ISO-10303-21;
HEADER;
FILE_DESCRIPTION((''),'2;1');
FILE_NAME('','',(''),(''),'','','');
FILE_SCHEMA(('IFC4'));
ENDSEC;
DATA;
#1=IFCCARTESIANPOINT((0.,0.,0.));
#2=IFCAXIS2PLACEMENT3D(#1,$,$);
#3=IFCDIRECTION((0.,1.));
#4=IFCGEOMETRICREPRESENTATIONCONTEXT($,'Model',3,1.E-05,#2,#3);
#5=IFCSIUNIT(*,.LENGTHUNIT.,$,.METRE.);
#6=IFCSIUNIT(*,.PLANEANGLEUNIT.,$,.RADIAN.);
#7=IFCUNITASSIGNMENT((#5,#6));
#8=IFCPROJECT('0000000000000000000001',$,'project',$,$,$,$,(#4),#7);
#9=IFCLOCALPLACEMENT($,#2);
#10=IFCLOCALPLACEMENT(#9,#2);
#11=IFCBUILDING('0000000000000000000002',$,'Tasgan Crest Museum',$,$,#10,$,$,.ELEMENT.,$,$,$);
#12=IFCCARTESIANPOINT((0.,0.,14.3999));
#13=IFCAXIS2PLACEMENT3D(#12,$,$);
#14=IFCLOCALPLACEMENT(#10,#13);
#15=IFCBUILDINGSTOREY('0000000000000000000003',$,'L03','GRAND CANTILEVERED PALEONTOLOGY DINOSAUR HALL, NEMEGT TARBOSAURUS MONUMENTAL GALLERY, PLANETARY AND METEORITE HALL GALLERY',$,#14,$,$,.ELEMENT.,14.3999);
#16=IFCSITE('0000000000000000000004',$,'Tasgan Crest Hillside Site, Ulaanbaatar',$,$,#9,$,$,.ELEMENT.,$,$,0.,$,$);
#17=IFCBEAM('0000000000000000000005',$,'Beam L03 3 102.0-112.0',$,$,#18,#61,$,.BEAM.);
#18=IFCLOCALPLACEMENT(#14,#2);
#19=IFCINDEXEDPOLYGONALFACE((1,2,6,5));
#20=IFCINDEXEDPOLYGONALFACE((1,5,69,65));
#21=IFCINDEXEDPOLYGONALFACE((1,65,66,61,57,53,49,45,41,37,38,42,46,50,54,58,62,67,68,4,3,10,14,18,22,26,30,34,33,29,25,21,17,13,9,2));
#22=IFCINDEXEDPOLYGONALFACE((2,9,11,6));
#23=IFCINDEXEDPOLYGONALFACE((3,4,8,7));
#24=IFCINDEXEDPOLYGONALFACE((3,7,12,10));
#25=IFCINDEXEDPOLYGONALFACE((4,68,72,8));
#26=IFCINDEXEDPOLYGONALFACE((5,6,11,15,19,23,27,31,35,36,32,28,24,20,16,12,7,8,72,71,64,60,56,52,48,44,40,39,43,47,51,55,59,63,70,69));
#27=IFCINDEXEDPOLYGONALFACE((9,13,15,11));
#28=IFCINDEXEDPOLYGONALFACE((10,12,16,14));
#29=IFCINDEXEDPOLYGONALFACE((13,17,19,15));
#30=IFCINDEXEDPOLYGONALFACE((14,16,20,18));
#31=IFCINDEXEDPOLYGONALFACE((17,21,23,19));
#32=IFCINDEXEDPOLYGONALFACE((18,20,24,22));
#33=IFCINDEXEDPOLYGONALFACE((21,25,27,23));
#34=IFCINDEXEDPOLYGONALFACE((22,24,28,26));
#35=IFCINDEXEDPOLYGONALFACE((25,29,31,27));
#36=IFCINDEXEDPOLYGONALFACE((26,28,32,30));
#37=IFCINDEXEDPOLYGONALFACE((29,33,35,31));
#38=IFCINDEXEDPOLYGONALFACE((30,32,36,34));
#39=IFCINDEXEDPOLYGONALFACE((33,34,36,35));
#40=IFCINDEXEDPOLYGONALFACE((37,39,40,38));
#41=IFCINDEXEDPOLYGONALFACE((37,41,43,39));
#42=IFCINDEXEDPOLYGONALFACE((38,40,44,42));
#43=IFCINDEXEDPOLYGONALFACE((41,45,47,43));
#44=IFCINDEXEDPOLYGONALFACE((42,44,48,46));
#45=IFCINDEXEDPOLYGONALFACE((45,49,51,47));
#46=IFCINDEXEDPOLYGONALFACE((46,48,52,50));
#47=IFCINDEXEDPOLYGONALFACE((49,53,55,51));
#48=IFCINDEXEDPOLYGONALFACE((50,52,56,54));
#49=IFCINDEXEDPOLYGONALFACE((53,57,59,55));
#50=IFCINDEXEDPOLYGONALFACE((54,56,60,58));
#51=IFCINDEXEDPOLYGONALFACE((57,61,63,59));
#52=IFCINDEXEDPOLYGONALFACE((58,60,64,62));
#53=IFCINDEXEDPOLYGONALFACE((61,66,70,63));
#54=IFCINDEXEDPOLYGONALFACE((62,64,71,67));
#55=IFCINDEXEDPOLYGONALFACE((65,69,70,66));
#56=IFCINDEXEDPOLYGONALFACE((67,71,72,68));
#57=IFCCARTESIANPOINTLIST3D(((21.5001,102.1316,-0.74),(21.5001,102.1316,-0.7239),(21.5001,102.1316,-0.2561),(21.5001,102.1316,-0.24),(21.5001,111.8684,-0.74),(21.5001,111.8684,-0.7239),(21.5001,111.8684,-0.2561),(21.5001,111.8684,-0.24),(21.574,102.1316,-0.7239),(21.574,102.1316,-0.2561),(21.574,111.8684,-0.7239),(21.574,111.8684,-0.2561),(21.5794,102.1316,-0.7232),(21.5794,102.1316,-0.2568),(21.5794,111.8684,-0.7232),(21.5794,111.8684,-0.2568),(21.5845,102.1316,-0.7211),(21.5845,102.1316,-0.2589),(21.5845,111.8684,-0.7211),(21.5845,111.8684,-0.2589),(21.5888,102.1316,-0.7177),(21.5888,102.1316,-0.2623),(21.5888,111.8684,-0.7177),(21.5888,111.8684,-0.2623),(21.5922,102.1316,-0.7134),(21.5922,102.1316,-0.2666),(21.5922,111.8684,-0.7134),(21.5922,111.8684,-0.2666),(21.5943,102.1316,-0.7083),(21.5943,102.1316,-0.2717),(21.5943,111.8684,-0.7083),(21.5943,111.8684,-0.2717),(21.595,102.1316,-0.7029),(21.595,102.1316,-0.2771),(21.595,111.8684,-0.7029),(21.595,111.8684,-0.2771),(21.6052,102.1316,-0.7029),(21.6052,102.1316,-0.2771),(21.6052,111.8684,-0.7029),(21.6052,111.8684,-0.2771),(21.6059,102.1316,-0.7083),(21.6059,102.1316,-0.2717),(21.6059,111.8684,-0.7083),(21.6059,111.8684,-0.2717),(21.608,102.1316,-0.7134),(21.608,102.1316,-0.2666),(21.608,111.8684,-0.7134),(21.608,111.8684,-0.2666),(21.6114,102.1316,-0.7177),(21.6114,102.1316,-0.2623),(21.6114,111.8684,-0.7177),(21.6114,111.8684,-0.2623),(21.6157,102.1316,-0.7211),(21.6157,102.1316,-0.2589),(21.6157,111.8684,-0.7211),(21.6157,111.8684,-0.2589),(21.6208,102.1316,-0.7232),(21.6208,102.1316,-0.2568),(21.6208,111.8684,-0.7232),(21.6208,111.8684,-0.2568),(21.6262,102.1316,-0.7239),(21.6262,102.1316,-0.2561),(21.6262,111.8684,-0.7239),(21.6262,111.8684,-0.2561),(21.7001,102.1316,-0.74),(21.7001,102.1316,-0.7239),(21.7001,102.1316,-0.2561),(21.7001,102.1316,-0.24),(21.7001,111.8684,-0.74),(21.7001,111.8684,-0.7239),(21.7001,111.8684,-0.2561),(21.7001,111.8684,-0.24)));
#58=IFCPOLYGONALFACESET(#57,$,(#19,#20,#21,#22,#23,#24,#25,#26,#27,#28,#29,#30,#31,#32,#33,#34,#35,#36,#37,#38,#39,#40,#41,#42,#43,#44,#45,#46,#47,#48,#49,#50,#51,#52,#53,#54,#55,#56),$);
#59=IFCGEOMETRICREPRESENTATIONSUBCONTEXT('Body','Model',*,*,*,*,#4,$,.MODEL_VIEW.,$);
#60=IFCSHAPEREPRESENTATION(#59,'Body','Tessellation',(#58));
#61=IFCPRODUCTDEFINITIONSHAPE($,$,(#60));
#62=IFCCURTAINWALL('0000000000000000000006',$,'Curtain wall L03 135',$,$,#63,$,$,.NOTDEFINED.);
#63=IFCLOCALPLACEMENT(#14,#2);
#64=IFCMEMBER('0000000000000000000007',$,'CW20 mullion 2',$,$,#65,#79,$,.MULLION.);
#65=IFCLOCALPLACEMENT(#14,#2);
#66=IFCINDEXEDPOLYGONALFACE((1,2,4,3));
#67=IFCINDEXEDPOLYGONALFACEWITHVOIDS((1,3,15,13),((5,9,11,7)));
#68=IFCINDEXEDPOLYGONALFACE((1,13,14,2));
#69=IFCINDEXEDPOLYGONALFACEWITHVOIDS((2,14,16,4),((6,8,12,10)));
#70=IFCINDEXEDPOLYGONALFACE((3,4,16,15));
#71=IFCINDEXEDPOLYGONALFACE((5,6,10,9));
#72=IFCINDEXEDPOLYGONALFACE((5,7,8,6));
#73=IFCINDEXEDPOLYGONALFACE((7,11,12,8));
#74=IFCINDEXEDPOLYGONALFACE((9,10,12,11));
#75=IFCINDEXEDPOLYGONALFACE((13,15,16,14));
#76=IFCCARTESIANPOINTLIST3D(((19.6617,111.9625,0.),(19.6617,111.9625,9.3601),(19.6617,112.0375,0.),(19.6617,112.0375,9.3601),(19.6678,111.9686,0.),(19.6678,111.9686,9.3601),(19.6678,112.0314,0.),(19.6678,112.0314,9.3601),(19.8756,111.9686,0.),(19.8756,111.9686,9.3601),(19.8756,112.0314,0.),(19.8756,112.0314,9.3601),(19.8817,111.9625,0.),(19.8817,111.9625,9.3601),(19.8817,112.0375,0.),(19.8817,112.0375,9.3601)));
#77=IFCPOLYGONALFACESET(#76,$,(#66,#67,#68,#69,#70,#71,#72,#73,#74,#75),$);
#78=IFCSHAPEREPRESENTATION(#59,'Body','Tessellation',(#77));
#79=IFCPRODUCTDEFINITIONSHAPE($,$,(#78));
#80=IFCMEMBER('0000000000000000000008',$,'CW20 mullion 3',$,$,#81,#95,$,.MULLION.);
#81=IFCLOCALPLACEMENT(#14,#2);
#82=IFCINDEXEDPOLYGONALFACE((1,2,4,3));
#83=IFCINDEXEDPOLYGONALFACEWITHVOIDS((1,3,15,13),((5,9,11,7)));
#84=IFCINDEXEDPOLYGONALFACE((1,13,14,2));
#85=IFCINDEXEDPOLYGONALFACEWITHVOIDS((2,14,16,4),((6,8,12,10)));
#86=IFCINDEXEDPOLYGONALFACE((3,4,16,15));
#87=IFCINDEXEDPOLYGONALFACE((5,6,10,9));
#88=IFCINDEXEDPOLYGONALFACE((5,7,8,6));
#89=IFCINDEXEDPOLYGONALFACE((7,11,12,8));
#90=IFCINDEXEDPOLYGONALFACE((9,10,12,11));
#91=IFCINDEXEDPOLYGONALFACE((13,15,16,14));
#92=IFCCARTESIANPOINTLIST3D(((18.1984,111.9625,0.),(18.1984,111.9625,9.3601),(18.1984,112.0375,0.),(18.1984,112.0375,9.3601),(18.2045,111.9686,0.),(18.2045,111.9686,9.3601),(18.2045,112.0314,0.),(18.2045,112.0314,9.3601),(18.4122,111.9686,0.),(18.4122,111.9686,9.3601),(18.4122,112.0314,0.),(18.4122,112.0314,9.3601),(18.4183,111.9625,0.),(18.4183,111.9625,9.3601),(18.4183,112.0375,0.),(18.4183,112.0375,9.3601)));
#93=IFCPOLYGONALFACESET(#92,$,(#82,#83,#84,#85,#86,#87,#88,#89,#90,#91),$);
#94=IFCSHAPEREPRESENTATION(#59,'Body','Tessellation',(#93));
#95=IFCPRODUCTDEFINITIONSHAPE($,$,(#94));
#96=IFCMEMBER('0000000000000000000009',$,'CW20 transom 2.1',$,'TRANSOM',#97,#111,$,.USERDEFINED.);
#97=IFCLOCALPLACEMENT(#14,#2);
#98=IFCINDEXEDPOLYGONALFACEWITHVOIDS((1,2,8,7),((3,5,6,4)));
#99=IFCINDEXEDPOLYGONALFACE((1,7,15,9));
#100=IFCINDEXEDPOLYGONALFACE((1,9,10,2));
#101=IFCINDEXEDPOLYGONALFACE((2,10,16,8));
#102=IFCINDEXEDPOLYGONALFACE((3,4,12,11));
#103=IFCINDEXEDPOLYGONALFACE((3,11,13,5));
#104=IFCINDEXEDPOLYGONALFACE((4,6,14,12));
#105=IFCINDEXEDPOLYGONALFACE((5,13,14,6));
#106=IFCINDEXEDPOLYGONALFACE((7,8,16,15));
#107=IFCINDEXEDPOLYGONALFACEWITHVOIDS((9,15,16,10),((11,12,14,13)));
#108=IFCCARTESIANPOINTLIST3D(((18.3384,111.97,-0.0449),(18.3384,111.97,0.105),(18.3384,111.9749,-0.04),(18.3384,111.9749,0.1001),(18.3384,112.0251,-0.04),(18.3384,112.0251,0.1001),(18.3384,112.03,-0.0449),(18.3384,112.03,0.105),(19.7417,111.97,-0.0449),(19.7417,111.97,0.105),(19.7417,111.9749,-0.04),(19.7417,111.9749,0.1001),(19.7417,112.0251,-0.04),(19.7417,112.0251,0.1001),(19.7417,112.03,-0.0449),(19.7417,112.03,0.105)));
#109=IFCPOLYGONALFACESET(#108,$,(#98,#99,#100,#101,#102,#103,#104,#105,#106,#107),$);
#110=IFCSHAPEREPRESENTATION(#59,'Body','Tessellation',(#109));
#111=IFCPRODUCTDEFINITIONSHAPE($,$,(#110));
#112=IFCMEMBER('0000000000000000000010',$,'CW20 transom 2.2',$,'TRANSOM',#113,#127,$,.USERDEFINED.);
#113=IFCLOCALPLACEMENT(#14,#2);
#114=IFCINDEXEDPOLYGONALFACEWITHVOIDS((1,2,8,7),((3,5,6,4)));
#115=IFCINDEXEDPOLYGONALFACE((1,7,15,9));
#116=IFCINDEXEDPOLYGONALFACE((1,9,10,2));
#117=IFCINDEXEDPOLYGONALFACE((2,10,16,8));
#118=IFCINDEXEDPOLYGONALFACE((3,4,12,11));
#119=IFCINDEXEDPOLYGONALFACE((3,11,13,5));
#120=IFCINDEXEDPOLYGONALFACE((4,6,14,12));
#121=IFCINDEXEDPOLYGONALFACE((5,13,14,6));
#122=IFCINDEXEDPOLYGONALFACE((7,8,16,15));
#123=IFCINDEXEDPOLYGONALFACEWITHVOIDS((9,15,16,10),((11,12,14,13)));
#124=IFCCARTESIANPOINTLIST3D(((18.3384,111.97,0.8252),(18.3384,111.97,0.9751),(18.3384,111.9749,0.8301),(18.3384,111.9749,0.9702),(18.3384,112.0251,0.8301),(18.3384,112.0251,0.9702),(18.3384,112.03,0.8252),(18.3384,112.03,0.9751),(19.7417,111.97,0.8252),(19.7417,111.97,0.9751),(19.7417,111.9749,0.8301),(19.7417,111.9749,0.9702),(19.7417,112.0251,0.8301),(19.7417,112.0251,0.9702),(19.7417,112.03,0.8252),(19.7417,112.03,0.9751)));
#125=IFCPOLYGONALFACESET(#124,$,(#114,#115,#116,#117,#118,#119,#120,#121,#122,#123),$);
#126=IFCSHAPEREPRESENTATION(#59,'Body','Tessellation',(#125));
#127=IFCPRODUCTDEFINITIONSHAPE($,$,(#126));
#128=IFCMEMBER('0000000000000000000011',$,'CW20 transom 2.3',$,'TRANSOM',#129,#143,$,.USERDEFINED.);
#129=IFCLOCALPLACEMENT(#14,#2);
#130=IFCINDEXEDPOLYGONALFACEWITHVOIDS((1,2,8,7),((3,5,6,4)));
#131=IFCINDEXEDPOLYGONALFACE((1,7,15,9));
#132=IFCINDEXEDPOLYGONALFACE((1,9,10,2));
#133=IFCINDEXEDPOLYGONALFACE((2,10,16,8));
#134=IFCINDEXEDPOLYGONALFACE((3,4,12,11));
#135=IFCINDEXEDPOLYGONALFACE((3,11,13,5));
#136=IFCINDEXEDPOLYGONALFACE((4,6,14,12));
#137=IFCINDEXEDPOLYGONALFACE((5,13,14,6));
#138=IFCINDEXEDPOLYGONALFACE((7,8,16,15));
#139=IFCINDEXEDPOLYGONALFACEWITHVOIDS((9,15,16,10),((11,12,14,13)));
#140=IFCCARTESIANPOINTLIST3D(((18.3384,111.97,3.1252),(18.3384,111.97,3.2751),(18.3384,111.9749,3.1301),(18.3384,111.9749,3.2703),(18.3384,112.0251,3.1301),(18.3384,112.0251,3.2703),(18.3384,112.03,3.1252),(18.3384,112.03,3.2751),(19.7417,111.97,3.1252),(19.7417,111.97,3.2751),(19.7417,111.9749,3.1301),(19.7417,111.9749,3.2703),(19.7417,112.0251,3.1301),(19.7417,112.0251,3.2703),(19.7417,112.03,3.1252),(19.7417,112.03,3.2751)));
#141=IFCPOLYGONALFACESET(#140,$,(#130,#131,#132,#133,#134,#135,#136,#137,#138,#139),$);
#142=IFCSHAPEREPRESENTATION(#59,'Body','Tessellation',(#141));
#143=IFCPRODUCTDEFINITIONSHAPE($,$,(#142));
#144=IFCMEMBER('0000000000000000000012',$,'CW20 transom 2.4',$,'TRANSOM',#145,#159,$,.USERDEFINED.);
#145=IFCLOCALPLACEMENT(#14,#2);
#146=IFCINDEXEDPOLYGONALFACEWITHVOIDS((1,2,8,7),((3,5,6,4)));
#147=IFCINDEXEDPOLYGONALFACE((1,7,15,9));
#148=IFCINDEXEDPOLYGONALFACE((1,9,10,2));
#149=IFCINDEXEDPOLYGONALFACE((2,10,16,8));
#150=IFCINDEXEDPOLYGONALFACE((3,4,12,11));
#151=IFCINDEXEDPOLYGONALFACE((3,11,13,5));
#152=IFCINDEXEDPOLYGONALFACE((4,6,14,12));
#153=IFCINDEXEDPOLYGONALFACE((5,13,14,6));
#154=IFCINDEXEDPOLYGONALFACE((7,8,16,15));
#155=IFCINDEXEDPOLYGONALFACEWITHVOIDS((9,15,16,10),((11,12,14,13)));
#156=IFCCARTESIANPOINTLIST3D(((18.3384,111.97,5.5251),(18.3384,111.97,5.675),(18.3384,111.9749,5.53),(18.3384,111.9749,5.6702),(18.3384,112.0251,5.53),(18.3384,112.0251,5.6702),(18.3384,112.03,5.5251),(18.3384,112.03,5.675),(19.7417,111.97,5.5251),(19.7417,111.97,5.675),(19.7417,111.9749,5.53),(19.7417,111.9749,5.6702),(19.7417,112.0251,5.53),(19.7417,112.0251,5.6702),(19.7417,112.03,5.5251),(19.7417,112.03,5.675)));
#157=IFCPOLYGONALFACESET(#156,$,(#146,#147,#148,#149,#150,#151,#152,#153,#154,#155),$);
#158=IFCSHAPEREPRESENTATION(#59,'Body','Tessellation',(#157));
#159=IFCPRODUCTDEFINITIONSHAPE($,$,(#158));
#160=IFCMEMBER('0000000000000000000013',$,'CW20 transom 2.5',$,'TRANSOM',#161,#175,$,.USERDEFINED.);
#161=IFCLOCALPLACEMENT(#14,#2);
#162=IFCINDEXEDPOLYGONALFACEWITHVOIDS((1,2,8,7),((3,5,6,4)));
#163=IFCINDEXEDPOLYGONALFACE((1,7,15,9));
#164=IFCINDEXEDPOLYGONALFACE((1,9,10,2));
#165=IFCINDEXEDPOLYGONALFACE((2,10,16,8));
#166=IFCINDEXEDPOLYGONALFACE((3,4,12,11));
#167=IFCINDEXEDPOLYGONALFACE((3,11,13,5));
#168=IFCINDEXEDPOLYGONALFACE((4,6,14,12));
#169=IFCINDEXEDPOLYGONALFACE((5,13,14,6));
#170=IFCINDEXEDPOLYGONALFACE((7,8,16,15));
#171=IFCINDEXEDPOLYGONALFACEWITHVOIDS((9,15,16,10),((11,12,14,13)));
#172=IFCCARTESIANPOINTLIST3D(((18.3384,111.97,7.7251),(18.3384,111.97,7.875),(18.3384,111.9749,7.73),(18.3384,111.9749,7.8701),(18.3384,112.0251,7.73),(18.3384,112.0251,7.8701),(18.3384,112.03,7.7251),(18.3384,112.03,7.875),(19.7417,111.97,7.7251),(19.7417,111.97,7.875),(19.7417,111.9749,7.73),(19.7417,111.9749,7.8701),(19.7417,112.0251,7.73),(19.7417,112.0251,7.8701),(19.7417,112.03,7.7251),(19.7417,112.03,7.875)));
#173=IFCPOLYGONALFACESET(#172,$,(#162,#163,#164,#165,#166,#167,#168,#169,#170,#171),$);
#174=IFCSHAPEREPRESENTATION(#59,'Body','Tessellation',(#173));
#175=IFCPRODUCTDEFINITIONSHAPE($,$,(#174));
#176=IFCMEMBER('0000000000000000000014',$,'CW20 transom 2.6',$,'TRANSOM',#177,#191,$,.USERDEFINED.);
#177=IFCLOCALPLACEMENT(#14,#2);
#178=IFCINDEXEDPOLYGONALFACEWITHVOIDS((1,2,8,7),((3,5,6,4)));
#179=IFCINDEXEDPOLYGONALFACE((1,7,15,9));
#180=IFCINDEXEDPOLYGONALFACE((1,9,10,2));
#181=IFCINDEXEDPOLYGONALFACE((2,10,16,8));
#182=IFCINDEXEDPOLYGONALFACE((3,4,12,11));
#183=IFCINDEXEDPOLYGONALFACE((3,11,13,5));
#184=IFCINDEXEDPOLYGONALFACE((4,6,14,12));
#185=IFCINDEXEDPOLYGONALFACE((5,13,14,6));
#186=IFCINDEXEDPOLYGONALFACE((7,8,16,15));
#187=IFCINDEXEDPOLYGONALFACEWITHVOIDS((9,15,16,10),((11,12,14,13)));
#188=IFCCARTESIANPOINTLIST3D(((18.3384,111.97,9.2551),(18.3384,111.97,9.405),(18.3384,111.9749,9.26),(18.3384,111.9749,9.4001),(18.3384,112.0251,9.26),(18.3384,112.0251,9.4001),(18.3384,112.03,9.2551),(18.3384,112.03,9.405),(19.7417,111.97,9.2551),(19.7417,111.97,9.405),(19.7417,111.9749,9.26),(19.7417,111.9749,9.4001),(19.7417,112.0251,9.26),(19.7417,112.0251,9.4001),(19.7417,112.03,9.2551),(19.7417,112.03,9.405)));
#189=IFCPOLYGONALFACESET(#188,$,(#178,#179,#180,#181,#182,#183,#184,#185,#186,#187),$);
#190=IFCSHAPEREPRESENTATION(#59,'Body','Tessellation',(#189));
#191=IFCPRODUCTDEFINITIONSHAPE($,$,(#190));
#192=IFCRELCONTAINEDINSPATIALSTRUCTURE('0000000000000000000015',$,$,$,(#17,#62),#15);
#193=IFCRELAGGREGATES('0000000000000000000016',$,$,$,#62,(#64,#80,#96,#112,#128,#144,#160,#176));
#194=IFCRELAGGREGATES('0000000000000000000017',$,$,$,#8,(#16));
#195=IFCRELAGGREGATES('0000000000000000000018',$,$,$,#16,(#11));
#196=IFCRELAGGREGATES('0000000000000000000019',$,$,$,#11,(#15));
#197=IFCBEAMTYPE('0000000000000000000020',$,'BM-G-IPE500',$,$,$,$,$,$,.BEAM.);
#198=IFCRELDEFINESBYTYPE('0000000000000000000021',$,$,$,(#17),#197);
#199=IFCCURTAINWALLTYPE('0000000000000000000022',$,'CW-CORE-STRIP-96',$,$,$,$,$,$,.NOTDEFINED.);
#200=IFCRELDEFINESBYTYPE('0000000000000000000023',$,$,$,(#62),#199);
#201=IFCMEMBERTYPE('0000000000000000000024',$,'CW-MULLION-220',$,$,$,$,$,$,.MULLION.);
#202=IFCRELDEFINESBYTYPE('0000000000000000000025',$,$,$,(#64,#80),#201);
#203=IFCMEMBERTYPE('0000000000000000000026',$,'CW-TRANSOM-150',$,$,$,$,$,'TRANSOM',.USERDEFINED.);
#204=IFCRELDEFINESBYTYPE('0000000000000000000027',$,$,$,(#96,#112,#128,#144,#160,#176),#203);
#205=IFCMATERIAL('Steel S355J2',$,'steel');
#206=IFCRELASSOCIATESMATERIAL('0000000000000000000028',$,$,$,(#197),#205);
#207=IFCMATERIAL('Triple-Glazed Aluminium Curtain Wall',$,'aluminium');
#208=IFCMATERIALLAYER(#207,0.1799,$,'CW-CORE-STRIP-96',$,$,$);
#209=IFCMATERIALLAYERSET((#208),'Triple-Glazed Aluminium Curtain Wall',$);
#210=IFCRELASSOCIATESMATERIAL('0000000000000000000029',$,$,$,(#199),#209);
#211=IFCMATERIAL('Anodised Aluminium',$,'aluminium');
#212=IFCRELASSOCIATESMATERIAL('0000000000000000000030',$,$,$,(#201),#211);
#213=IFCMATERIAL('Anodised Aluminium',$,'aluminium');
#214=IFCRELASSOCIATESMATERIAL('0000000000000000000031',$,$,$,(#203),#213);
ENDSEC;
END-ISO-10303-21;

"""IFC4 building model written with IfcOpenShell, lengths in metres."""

from ifc_helpers import new_model, si_unit, direction, frame, origin, origin_2d, place, context, subcontext, project, spatial, hollow_rectangle, i_section, extrude, material, layer, layer_set, material_profile, profile_set, type_object, element, aggregate, save


model = new_model("IFC4")

# Units and contexts
model_context = context("Model", 3, precision=1e-05, world=origin(), true_north=direction((0.0, 1.0)))
body_context = subcontext(model_context, "Body", "Model", "MODEL_VIEW")
ifc_project = project(units=[si_unit("LENGTHUNIT", "METRE"), si_unit("PLANEANGLEUNIT", "RADIAN")], contexts=[model_context])

# Site, building, storey
site_placement = place(None, origin())
site = spatial("IfcSite", under=ifc_project, at=site_placement, Name="Tasgan Crest Hillside Site, Ulaanbaatar", CompositionType="ELEMENT", RefElevation=0.0)
building_placement = place(site_placement, origin())
building = spatial("IfcBuilding", under=site, at=building_placement, Name="Tasgan Crest Museum", CompositionType="ELEMENT")
storey_placement = place(building_placement, frame((0.0, 0.0, 14.3999)))
storey = spatial("IfcBuildingStorey", under=building, at=storey_placement, Name="L03", Description="GRAND CANTILEVERED PALEONTOLOGY DINOSAUR HALL, NEMEGT TARBOSAURUS MONUMENTAL GALLERY, PLANETARY AND METEORITE HALL GALLERY", CompositionType="ELEMENT", Elevation=14.3999)

# Beam
ifc_material_1 = material(Name="Steel S355J2", Category="steel")
ifc_material_profile_1 = material_profile(ifc_material_1, i_section(OverallWidth=0.2, OverallDepth=0.5, WebThickness=0.0103, FlangeThickness=0.0161, FilletRadius=0.021, at=origin_2d()), Name="IPE 500")
ifc_profile_set_1 = profile_set([ifc_material_profile_1], Name="Steel S355J2")
beam_type_1 = type_object("IfcBeamType", Name="BM-G-IPE500", PredefinedType="BEAM", material=ifc_profile_set_1)
beam_1_placement = place(storey_placement, frame((21.6001, 102.1316, -0.49), z_axis=(0.0, 1.0, 0.0), x_axis=(-1.0, 0.0, 0.0)))
element("IfcBeam", 1, at=beam_1_placement, inside=storey, type_object=beam_type_1, Name="Beam L03 3 102.0-112.0", PredefinedType="BEAM", context=body_context, shape_type="SweptSolid", body=[
    extrude(i_section(OverallWidth=0.2, OverallDepth=0.5, WebThickness=0.0103, FlangeThickness=0.0161, FilletRadius=0.021, at=origin_2d()), origin(), (0.0, 0.0, 1.0), 9.7368),
])

# Curtain wall, members
ifc_material_2 = material(Name="Triple-Glazed Aluminium Curtain Wall", Category="aluminium")
ifc_layer_1 = layer(ifc_material_2, 0.1799, Name="CW-CORE-STRIP-96")
ifc_layer_set_1 = layer_set([ifc_layer_1], Name="Triple-Glazed Aluminium Curtain Wall")
curtain_wall_type = type_object("IfcCurtainWallType", Name="CW-CORE-STRIP-96", PredefinedType="NOTDEFINED", material=ifc_layer_set_1)
curtain_wall_placement = place(storey_placement, origin())
curtain_wall = element("IfcCurtainWall", 2, at=curtain_wall_placement, inside=storey, type_object=curtain_wall_type, Name="Curtain wall L03 135", PredefinedType="NOTDEFINED")
ifc_material_3 = material(Name="Anodised Aluminium", Category="aluminium")
ifc_material_profile_2 = material_profile(ifc_material_3, hollow_rectangle(XDim=0.075, YDim=0.22, WallThickness=0.0061, at=origin_2d()), Name="ALU MULLION 220x75x6")
ifc_profile_set_2 = profile_set([ifc_material_profile_2], Name="Anodised Aluminium")
member_type_1 = type_object("IfcMemberType", Name="CW-MULLION-220", PredefinedType="MULLION", material=ifc_profile_set_2)
member_1_placement = place(storey_placement, frame((19.7717, 112.0, 0.0), z_axis=(0.0, 0.0, 1.0), x_axis=(0.0, -1.0, 0.0)))
member_1 = element("IfcMember", 3, at=member_1_placement, type_object=member_type_1, Name="CW20 mullion 2", PredefinedType="MULLION", context=body_context, shape_type="SweptSolid", body=[
    extrude(hollow_rectangle(XDim=0.075, YDim=0.22, WallThickness=0.0061, at=origin_2d()), origin(), (0.0, 0.0, 1.0), 9.3601),
])
member_2_placement = place(storey_placement, frame((18.3083, 112.0, 0.0), z_axis=(0.0, 0.0, 1.0), x_axis=(0.0, -1.0, 0.0)))
member_2 = element("IfcMember", 4, at=member_2_placement, type_object=member_type_1, Name="CW20 mullion 3", PredefinedType="MULLION", context=body_context, shape_type="SweptSolid", body=[
    extrude(hollow_rectangle(XDim=0.075, YDim=0.22, WallThickness=0.0061, at=origin_2d()), origin(), (0.0, 0.0, 1.0), 9.3601),
])
ifc_material_4 = material(Name="Anodised Aluminium", Category="aluminium")
ifc_material_profile_3 = material_profile(ifc_material_4, hollow_rectangle(XDim=0.0601, YDim=0.1499, WallThickness=0.0049, at=origin_2d()), Name="ALU TRANSOM 150x60x5")
ifc_profile_set_3 = profile_set([ifc_material_profile_3], Name="Anodised Aluminium")
member_type_2 = type_object("IfcMemberType", Name="CW-TRANSOM-150", ElementType="TRANSOM", PredefinedType="USERDEFINED", material=ifc_profile_set_3)
member_3_placement = place(storey_placement, frame((19.7417, 112.0, 0.03), z_axis=(-1.0, 0.0, 0.0), x_axis=(0.0, -1.0, 0.0)))
member_3 = element("IfcMember", 5, at=member_3_placement, type_object=member_type_2, Name="CW20 transom 2.1", ObjectType="TRANSOM", PredefinedType="USERDEFINED", context=body_context, shape_type="SweptSolid", body=[
    extrude(hollow_rectangle(XDim=0.0601, YDim=0.1499, WallThickness=0.0049, at=origin_2d()), origin(), (0.0, 0.0, 1.0), 1.4033),
])
member_4_placement = place(storey_placement, frame((19.7417, 112.0, 0.9001), z_axis=(-1.0, 0.0, 0.0), x_axis=(0.0, -1.0, 0.0)))
member_4 = element("IfcMember", 6, at=member_4_placement, type_object=member_type_2, Name="CW20 transom 2.2", ObjectType="TRANSOM", PredefinedType="USERDEFINED", context=body_context, shape_type="SweptSolid", body=[
    extrude(hollow_rectangle(XDim=0.0601, YDim=0.1499, WallThickness=0.0049, at=origin_2d()), origin(), (0.0, 0.0, 1.0), 1.4033),
])
member_5_placement = place(storey_placement, frame((19.7417, 112.0, 3.2002), z_axis=(-1.0, 0.0, 0.0), x_axis=(0.0, -1.0, 0.0)))
member_5 = element("IfcMember", 7, at=member_5_placement, type_object=member_type_2, Name="CW20 transom 2.3", ObjectType="TRANSOM", PredefinedType="USERDEFINED", context=body_context, shape_type="SweptSolid", body=[
    extrude(hollow_rectangle(XDim=0.0601, YDim=0.1499, WallThickness=0.0049, at=origin_2d()), origin(), (0.0, 0.0, 1.0), 1.4033),
])
member_6_placement = place(storey_placement, frame((19.7417, 112.0, 5.6001), z_axis=(-1.0, 0.0, 0.0), x_axis=(0.0, -1.0, 0.0)))
member_6 = element("IfcMember", 8, at=member_6_placement, type_object=member_type_2, Name="CW20 transom 2.4", ObjectType="TRANSOM", PredefinedType="USERDEFINED", context=body_context, shape_type="SweptSolid", body=[
    extrude(hollow_rectangle(XDim=0.0601, YDim=0.1499, WallThickness=0.0049, at=origin_2d()), origin(), (0.0, 0.0, 1.0), 1.4033),
])
member_7_placement = place(storey_placement, frame((19.7417, 112.0, 7.8), z_axis=(-1.0, 0.0, 0.0), x_axis=(0.0, -1.0, 0.0)))
member_7 = element("IfcMember", 9, at=member_7_placement, type_object=member_type_2, Name="CW20 transom 2.5", ObjectType="TRANSOM", PredefinedType="USERDEFINED", context=body_context, shape_type="SweptSolid", body=[
    extrude(hollow_rectangle(XDim=0.0601, YDim=0.1499, WallThickness=0.0049, at=origin_2d()), origin(), (0.0, 0.0, 1.0), 1.4033),
])
member_8_placement = place(storey_placement, frame((19.7417, 112.0, 9.3301), z_axis=(-1.0, 0.0, 0.0), x_axis=(0.0, -1.0, 0.0)))
member_8 = element("IfcMember", 10, at=member_8_placement, type_object=member_type_2, Name="CW20 transom 2.6", ObjectType="TRANSOM", PredefinedType="USERDEFINED", context=body_context, shape_type="SweptSolid", body=[
    extrude(hollow_rectangle(XDim=0.0601, YDim=0.1499, WallThickness=0.0049, at=origin_2d()), origin(), (0.0, 0.0, 1.0), 1.4033),
])
aggregate(curtain_wall, [member_1, member_2, member_3, member_4, member_5, member_6, member_7, member_8])

save(model, "model.ifc")
